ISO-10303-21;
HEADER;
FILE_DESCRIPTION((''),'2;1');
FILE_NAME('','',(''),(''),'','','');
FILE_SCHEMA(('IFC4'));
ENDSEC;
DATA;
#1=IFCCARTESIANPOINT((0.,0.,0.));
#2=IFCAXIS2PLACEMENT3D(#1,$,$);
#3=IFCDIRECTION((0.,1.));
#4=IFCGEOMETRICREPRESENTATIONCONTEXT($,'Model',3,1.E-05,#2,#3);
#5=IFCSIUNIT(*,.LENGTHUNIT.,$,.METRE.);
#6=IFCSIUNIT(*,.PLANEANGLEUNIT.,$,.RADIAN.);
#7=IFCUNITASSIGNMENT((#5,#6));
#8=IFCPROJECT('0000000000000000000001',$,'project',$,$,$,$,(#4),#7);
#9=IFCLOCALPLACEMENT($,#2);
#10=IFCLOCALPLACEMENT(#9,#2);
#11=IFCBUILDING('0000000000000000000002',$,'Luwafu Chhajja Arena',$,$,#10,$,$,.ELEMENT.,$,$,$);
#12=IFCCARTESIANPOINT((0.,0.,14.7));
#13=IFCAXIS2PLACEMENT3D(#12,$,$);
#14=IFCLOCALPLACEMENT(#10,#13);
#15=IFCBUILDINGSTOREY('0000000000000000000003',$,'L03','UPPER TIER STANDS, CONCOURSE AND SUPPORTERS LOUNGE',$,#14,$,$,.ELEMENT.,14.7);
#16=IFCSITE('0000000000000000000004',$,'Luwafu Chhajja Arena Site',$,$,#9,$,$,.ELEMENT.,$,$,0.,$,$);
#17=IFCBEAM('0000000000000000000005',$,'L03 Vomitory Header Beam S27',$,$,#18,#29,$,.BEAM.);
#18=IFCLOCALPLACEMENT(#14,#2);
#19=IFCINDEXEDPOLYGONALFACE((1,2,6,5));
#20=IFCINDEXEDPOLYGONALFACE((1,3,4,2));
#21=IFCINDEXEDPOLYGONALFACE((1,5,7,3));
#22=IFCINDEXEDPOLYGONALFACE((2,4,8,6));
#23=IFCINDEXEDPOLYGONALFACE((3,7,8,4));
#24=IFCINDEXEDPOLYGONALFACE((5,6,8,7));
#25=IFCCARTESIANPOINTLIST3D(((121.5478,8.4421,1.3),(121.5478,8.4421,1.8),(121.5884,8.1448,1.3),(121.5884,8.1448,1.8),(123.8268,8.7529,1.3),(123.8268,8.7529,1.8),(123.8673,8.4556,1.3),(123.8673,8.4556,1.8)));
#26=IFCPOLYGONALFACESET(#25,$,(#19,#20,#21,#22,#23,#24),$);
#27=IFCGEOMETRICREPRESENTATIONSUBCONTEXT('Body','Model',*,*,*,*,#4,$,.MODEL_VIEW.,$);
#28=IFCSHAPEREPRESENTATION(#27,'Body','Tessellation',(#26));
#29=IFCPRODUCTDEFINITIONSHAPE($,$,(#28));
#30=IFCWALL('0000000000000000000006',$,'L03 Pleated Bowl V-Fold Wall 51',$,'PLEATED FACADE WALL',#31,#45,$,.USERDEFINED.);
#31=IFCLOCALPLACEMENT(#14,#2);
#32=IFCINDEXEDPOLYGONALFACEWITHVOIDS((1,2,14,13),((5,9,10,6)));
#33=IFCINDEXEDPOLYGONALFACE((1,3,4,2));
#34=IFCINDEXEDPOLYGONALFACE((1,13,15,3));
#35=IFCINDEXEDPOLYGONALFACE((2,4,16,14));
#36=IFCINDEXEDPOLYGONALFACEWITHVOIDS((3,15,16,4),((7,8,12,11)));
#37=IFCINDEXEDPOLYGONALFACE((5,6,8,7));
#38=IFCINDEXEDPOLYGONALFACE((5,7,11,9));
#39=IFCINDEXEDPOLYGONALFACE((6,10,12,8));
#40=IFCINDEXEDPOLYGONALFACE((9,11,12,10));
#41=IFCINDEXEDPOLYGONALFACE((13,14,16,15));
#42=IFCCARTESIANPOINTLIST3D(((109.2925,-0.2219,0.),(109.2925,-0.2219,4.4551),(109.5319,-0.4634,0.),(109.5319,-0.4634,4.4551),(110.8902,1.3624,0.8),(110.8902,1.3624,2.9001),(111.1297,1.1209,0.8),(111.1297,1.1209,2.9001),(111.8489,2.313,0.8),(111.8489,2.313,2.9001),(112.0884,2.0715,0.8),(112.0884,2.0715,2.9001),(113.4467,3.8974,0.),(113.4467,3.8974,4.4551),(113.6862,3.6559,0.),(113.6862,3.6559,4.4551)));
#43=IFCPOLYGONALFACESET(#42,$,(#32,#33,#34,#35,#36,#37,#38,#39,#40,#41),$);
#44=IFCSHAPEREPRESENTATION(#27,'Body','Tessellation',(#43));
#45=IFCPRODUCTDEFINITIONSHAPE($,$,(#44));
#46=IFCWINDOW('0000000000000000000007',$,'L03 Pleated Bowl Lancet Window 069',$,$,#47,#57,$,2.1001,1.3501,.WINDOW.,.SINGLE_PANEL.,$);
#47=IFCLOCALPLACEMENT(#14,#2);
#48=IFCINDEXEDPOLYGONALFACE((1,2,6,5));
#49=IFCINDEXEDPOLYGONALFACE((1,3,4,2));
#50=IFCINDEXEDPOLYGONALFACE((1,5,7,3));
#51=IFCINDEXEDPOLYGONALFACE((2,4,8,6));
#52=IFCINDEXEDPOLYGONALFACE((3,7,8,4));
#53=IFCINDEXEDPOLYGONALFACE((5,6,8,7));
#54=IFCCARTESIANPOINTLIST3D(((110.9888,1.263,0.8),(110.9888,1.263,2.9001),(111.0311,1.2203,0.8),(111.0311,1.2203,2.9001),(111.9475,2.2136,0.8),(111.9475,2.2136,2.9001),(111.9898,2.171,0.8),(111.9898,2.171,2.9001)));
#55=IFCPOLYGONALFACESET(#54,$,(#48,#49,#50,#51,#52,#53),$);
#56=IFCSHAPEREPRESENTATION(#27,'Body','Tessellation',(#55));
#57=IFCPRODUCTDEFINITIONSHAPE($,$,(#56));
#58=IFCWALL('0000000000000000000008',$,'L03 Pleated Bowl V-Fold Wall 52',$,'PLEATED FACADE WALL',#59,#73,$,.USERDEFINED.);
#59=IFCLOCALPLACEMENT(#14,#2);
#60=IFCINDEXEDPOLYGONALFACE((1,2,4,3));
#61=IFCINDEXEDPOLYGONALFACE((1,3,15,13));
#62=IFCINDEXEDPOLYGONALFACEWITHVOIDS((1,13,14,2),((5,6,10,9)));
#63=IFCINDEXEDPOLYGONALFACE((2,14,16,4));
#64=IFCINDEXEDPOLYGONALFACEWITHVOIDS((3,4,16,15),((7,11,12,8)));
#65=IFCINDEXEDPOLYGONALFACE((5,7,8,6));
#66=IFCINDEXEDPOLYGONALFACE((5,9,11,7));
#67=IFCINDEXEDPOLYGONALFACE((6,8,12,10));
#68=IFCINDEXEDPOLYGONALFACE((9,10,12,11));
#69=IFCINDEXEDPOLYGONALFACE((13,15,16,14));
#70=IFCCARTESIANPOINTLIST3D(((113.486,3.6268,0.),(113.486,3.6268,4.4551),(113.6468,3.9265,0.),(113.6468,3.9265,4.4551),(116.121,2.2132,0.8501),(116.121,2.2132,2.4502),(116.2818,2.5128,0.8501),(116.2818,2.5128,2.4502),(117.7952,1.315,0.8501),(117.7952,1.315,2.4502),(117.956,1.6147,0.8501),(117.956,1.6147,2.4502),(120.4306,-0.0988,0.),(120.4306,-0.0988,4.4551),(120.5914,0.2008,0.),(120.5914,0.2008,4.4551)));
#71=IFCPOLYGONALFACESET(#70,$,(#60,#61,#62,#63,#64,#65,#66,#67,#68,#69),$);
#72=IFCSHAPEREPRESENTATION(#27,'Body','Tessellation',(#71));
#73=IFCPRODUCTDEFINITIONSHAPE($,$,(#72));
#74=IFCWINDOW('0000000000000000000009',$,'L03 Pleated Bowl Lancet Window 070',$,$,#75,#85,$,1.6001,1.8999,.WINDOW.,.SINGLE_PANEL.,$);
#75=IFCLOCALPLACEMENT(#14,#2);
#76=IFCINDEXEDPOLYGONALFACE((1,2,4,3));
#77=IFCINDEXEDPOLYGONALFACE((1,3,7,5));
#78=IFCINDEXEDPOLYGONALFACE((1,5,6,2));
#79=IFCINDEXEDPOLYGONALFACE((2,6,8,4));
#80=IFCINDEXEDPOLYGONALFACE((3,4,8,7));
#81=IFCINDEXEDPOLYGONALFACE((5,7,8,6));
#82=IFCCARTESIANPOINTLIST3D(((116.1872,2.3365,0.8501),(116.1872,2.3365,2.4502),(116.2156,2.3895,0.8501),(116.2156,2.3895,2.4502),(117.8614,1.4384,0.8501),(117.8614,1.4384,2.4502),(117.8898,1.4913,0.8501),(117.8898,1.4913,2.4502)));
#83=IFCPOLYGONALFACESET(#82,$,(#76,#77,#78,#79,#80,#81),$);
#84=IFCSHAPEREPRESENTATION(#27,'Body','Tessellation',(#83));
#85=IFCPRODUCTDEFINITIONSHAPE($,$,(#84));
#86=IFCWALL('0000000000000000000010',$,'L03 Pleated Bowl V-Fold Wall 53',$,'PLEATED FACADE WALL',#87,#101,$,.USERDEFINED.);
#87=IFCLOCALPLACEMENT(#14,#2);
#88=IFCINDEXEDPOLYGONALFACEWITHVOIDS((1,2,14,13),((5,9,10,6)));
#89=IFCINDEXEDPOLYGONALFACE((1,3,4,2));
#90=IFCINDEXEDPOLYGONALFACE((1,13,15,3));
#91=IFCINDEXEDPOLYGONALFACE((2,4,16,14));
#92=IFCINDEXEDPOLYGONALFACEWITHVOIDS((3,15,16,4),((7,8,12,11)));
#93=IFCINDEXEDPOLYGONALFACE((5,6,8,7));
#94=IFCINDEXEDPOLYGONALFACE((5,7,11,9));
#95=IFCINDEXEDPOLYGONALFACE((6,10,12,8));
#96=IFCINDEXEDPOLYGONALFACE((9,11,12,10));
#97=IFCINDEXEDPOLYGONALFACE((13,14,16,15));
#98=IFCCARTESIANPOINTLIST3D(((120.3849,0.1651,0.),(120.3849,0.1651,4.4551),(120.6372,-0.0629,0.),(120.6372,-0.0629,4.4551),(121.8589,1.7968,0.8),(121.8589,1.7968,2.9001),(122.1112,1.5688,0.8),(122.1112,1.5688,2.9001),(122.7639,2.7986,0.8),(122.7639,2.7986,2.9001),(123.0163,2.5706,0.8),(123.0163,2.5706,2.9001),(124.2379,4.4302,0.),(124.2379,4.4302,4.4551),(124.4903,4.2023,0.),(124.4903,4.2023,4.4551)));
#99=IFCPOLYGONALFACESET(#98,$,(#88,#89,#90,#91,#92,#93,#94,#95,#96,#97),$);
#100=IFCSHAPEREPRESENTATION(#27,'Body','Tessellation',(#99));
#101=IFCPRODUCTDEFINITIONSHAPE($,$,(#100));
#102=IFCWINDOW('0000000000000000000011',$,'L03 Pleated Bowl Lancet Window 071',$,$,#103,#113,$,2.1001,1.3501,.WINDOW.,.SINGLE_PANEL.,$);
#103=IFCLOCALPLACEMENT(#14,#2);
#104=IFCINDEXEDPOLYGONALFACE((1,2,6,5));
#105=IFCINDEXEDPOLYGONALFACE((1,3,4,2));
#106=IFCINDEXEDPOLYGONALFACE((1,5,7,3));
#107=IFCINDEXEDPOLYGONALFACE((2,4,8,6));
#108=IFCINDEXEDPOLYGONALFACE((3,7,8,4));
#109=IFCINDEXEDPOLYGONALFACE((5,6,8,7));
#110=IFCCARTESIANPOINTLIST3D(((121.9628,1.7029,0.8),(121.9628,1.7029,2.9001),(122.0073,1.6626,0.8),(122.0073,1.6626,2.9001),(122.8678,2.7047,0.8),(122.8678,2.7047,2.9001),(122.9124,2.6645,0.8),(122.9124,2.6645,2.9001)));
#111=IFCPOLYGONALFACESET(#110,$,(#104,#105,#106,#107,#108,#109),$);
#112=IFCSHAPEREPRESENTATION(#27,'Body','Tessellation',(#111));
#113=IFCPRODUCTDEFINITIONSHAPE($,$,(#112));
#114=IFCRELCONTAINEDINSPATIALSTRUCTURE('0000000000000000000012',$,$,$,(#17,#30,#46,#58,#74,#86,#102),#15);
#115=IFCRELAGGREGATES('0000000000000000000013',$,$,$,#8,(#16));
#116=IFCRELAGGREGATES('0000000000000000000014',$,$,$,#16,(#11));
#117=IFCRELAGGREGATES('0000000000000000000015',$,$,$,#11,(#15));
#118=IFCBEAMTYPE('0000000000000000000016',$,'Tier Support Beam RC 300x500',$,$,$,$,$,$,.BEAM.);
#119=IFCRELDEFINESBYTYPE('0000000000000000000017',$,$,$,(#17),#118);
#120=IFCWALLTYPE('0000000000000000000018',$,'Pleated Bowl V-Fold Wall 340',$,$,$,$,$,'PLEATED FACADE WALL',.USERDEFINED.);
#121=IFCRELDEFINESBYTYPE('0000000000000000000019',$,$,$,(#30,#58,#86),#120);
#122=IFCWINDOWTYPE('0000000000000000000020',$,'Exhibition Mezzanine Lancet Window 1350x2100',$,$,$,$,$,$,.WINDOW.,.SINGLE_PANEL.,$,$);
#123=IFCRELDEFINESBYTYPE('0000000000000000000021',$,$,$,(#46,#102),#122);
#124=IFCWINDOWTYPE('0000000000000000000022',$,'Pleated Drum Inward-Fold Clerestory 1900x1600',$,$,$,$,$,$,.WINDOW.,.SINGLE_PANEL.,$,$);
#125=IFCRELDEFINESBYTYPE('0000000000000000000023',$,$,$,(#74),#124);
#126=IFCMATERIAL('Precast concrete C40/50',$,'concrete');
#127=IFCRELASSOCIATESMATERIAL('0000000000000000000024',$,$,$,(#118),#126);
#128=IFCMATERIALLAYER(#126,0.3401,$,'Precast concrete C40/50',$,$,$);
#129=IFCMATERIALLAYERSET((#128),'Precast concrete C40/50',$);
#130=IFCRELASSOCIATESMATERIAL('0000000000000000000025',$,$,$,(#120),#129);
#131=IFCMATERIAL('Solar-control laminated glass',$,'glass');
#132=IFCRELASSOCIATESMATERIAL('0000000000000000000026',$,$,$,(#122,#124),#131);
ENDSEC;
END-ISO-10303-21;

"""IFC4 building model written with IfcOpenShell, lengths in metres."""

from ifc_helpers import new_model, si_unit, direction, frame, frame_2d, origin, origin_2d, place, context, subcontext, project, spatial, rectangle, extrude, material, layer, layer_set, material_profile, profile_set, type_object, element, fill, save


model = new_model("IFC4")

# Units and contexts
model_context = context("Model", 3, precision=1e-05, world=origin(), true_north=direction((0.0, 1.0)))
body_context = subcontext(model_context, "Body", "Model", "MODEL_VIEW")
ifc_project = project(units=[si_unit("LENGTHUNIT", "METRE"), si_unit("PLANEANGLEUNIT", "RADIAN")], contexts=[model_context])

# Site, building, storey
site_placement = place(None, origin())
site = spatial("IfcSite", under=ifc_project, at=site_placement, Name="Luwafu Chhajja Arena Site", CompositionType="ELEMENT", RefElevation=0.0)
building_placement = place(site_placement, origin())
building = spatial("IfcBuilding", under=site, at=building_placement, Name="Luwafu Chhajja Arena", CompositionType="ELEMENT")
storey_placement = place(building_placement, frame((0.0, 0.0, 14.7)))
storey = spatial("IfcBuildingStorey", under=building, at=storey_placement, Name="L03", Description="UPPER TIER STANDS, CONCOURSE AND SUPPORTERS LOUNGE", CompositionType="ELEMENT", Elevation=14.7)

# Beam
ifc_material_1 = material(Name="Precast concrete C40/50", Category="concrete")
ifc_material_profile_1 = material_profile(ifc_material_1, rectangle(XDim=0.3, YDim=0.5, at=origin_2d()), Name="RC 300x500")
ifc_profile_set_1 = profile_set([ifc_material_profile_1], Name="Precast concrete C40/50")
beam_type_1 = type_object("IfcBeamType", Name="Tier Support Beam RC 300x500", PredefinedType="BEAM", material=ifc_profile_set_1)
beam_1_placement = place(storey_placement, frame((121.5681, 8.2935, 1.55), z_axis=(0.99083, 0.135118, 0.0), x_axis=(-0.135118, 0.99083, 0.0)))
element("IfcBeam", 1, at=beam_1_placement, inside=storey, type_object=beam_type_1, Name="L03 Vomitory Header Beam S27", PredefinedType="BEAM", context=body_context, shape_type="SweptSolid", body=[
    extrude(rectangle(XDim=0.3, YDim=0.5, at=origin_2d()), origin(), (0.0, 0.0, 1.0), 2.3),
])

# Walls, openings, windows
ifc_layer_1 = layer(ifc_material_1, 0.3401, Name="Precast concrete C40/50")
ifc_layer_set_1 = layer_set([ifc_layer_1], Name="Precast concrete C40/50")
wall_type = type_object("IfcWallType", Name="Pleated Bowl V-Fold Wall 340", ElementType="PLEATED FACADE WALL", PredefinedType="USERDEFINED", material=ifc_layer_set_1)
wall_1_placement = place(storey_placement, frame((109.4121, -0.3428, 0.0), z_axis=(0.0, 0.0, 1.0), x_axis=(0.710084, 0.704117, 0.0)))
wall_1 = element("IfcWall", 2, at=wall_1_placement, inside=storey, type_object=wall_type, Name="L03 Pleated Bowl V-Fold Wall 51", ObjectType="PLEATED FACADE WALL", PredefinedType="USERDEFINED", context=body_context, shape_type="SweptSolid", body=[
    extrude(rectangle(XDim=5.8503, YDim=0.3401, at=frame_2d((2.9253, 0.0))), origin(), (0.0, 0.0, 1.0), 4.4551),
])
opening_1_placement = place(wall_1_placement, frame((2.2502, 0.0, 0.8)))
opening_1 = element("IfcOpeningElement", 3, at=opening_1_placement, cuts=wall_1, PredefinedType="OPENING", context=body_context, shape_type="SweptSolid", body=[
    extrude(rectangle(XDim=1.3501, YDim=2.1001, at=frame_2d((0.675, 1.05))), frame((0.0, 0.1799, 0.0), z_axis=(0.0, -1.0, 0.0), x_axis=(1.0, 0.0, 0.0)), (0.0, 0.0, 1.0), 0.3601),
])
ifc_material_2 = material(Name="Solar-control laminated glass", Category="glass")
window_type_1 = type_object("IfcWindowType", Name="Exhibition Mezzanine Lancet Window 1350x2100", PartitioningType="SINGLE_PANEL", PredefinedType="WINDOW", material=ifc_material_2)
window_1_placement = place(opening_1_placement, origin())
window_1 = element("IfcWindow", 4, at=window_1_placement, inside=storey, type_object=window_type_1, Name="L03 Pleated Bowl Lancet Window 069", OverallHeight=2.1001, OverallWidth=1.3501, PartitioningType="SINGLE_PANEL", PredefinedType="WINDOW", context=body_context, shape_type="SweptSolid", body=[
    extrude(rectangle(XDim=1.3501, YDim=2.1001, at=frame_2d((0.675, 1.05))), frame((0.0, 0.03, 0.0), z_axis=(0.0, -1.0, 0.0), x_axis=(1.0, 0.0, 0.0)), (0.0, 0.0, 1.0), 0.0601),
])
fill(opening_1, window_1)
wall_2_placement = place(storey_placement, frame((113.5664, 3.7766, 0.0), z_axis=(0.0, 0.0, 1.0), x_axis=(0.881201, -0.472741, 0.0)))
wall_2 = element("IfcWall", 5, at=wall_2_placement, inside=storey, type_object=wall_type, Name="L03 Pleated Bowl V-Fold Wall 52", ObjectType="PLEATED FACADE WALL", PredefinedType="USERDEFINED", context=body_context, shape_type="SweptSolid", body=[
    extrude(rectangle(XDim=7.8809, YDim=0.3401, at=frame_2d((3.9404, 0.0))), origin(), (0.0, 0.0, 1.0), 4.4551),
])
opening_2_placement = place(wall_2_placement, frame((2.9902, 0.0, 0.8501)))
opening_2 = element("IfcOpeningElement", 6, at=opening_2_placement, cuts=wall_2, PredefinedType="OPENING", context=body_context, shape_type="SweptSolid", body=[
    extrude(rectangle(XDim=1.8999, YDim=1.6001, at=frame_2d((0.95, 0.8))), frame((0.0, 0.1799, 0.0), z_axis=(0.0, -1.0, 0.0), x_axis=(1.0, 0.0, 0.0)), (0.0, 0.0, 1.0), 0.3601),
])
window_type_2 = type_object("IfcWindowType", Name="Pleated Drum Inward-Fold Clerestory 1900x1600", PartitioningType="SINGLE_PANEL", PredefinedType="WINDOW", material=ifc_material_2)
window_2_placement = place(opening_2_placement, origin())
window_2 = element("IfcWindow", 7, at=window_2_placement, inside=storey, type_object=window_type_2, Name="L03 Pleated Bowl Lancet Window 070", OverallHeight=1.6001, OverallWidth=1.8999, PartitioningType="SINGLE_PANEL", PredefinedType="WINDOW", context=body_context, shape_type="SweptSolid", body=[
    extrude(rectangle(XDim=1.8999, YDim=1.6001, at=frame_2d((0.95, 0.8))), frame((0.0, 0.03, 0.0), z_axis=(0.0, -1.0, 0.0), x_axis=(1.0, 0.0, 0.0)), (0.0, 0.0, 1.0), 0.0601),
])
fill(opening_2, window_2)
wall_3_placement = place(storey_placement, frame((120.511, 0.051, 0.0), z_axis=(0.0, 0.0, 1.0), x_axis=(0.670348, 0.742047, 0.0)))
wall_3 = element("IfcWall", 8, at=wall_3_placement, inside=storey, type_object=wall_type, Name="L03 Pleated Bowl V-Fold Wall 53", ObjectType="PLEATED FACADE WALL", PredefinedType="USERDEFINED", context=body_context, shape_type="SweptSolid", body=[
    extrude(rectangle(XDim=5.7478, YDim=0.3401, at=frame_2d((2.874, 0.0))), origin(), (0.0, 0.0, 1.0), 4.4551),
])
opening_3_placement = place(wall_3_placement, frame((2.199, 0.0, 0.8)))
opening_3 = element("IfcOpeningElement", 9, at=opening_3_placement, cuts=wall_3, PredefinedType="OPENING", context=body_context, shape_type="SweptSolid", body=[
    extrude(rectangle(XDim=1.3501, YDim=2.1001, at=frame_2d((0.675, 1.05))), frame((0.0, 0.1799, 0.0), z_axis=(0.0, -1.0, 0.0), x_axis=(1.0, 0.0, 0.0)), (0.0, 0.0, 1.0), 0.3601),
])
window_3_placement = place(opening_3_placement, origin())
window_3 = element("IfcWindow", 10, at=window_3_placement, inside=storey, type_object=window_type_1, Name="L03 Pleated Bowl Lancet Window 071", OverallHeight=2.1001, OverallWidth=1.3501, PartitioningType="SINGLE_PANEL", PredefinedType="WINDOW", context=body_context, shape_type="SweptSolid", body=[
    extrude(rectangle(XDim=1.3501, YDim=2.1001, at=frame_2d((0.675, 1.05))), frame((0.0, 0.03, 0.0), z_axis=(0.0, -1.0, 0.0), x_axis=(1.0, 0.0, 0.0)), (0.0, 0.0, 1.0), 0.0601),
])
fill(opening_3, window_3)

save(model, "model.ifc")
